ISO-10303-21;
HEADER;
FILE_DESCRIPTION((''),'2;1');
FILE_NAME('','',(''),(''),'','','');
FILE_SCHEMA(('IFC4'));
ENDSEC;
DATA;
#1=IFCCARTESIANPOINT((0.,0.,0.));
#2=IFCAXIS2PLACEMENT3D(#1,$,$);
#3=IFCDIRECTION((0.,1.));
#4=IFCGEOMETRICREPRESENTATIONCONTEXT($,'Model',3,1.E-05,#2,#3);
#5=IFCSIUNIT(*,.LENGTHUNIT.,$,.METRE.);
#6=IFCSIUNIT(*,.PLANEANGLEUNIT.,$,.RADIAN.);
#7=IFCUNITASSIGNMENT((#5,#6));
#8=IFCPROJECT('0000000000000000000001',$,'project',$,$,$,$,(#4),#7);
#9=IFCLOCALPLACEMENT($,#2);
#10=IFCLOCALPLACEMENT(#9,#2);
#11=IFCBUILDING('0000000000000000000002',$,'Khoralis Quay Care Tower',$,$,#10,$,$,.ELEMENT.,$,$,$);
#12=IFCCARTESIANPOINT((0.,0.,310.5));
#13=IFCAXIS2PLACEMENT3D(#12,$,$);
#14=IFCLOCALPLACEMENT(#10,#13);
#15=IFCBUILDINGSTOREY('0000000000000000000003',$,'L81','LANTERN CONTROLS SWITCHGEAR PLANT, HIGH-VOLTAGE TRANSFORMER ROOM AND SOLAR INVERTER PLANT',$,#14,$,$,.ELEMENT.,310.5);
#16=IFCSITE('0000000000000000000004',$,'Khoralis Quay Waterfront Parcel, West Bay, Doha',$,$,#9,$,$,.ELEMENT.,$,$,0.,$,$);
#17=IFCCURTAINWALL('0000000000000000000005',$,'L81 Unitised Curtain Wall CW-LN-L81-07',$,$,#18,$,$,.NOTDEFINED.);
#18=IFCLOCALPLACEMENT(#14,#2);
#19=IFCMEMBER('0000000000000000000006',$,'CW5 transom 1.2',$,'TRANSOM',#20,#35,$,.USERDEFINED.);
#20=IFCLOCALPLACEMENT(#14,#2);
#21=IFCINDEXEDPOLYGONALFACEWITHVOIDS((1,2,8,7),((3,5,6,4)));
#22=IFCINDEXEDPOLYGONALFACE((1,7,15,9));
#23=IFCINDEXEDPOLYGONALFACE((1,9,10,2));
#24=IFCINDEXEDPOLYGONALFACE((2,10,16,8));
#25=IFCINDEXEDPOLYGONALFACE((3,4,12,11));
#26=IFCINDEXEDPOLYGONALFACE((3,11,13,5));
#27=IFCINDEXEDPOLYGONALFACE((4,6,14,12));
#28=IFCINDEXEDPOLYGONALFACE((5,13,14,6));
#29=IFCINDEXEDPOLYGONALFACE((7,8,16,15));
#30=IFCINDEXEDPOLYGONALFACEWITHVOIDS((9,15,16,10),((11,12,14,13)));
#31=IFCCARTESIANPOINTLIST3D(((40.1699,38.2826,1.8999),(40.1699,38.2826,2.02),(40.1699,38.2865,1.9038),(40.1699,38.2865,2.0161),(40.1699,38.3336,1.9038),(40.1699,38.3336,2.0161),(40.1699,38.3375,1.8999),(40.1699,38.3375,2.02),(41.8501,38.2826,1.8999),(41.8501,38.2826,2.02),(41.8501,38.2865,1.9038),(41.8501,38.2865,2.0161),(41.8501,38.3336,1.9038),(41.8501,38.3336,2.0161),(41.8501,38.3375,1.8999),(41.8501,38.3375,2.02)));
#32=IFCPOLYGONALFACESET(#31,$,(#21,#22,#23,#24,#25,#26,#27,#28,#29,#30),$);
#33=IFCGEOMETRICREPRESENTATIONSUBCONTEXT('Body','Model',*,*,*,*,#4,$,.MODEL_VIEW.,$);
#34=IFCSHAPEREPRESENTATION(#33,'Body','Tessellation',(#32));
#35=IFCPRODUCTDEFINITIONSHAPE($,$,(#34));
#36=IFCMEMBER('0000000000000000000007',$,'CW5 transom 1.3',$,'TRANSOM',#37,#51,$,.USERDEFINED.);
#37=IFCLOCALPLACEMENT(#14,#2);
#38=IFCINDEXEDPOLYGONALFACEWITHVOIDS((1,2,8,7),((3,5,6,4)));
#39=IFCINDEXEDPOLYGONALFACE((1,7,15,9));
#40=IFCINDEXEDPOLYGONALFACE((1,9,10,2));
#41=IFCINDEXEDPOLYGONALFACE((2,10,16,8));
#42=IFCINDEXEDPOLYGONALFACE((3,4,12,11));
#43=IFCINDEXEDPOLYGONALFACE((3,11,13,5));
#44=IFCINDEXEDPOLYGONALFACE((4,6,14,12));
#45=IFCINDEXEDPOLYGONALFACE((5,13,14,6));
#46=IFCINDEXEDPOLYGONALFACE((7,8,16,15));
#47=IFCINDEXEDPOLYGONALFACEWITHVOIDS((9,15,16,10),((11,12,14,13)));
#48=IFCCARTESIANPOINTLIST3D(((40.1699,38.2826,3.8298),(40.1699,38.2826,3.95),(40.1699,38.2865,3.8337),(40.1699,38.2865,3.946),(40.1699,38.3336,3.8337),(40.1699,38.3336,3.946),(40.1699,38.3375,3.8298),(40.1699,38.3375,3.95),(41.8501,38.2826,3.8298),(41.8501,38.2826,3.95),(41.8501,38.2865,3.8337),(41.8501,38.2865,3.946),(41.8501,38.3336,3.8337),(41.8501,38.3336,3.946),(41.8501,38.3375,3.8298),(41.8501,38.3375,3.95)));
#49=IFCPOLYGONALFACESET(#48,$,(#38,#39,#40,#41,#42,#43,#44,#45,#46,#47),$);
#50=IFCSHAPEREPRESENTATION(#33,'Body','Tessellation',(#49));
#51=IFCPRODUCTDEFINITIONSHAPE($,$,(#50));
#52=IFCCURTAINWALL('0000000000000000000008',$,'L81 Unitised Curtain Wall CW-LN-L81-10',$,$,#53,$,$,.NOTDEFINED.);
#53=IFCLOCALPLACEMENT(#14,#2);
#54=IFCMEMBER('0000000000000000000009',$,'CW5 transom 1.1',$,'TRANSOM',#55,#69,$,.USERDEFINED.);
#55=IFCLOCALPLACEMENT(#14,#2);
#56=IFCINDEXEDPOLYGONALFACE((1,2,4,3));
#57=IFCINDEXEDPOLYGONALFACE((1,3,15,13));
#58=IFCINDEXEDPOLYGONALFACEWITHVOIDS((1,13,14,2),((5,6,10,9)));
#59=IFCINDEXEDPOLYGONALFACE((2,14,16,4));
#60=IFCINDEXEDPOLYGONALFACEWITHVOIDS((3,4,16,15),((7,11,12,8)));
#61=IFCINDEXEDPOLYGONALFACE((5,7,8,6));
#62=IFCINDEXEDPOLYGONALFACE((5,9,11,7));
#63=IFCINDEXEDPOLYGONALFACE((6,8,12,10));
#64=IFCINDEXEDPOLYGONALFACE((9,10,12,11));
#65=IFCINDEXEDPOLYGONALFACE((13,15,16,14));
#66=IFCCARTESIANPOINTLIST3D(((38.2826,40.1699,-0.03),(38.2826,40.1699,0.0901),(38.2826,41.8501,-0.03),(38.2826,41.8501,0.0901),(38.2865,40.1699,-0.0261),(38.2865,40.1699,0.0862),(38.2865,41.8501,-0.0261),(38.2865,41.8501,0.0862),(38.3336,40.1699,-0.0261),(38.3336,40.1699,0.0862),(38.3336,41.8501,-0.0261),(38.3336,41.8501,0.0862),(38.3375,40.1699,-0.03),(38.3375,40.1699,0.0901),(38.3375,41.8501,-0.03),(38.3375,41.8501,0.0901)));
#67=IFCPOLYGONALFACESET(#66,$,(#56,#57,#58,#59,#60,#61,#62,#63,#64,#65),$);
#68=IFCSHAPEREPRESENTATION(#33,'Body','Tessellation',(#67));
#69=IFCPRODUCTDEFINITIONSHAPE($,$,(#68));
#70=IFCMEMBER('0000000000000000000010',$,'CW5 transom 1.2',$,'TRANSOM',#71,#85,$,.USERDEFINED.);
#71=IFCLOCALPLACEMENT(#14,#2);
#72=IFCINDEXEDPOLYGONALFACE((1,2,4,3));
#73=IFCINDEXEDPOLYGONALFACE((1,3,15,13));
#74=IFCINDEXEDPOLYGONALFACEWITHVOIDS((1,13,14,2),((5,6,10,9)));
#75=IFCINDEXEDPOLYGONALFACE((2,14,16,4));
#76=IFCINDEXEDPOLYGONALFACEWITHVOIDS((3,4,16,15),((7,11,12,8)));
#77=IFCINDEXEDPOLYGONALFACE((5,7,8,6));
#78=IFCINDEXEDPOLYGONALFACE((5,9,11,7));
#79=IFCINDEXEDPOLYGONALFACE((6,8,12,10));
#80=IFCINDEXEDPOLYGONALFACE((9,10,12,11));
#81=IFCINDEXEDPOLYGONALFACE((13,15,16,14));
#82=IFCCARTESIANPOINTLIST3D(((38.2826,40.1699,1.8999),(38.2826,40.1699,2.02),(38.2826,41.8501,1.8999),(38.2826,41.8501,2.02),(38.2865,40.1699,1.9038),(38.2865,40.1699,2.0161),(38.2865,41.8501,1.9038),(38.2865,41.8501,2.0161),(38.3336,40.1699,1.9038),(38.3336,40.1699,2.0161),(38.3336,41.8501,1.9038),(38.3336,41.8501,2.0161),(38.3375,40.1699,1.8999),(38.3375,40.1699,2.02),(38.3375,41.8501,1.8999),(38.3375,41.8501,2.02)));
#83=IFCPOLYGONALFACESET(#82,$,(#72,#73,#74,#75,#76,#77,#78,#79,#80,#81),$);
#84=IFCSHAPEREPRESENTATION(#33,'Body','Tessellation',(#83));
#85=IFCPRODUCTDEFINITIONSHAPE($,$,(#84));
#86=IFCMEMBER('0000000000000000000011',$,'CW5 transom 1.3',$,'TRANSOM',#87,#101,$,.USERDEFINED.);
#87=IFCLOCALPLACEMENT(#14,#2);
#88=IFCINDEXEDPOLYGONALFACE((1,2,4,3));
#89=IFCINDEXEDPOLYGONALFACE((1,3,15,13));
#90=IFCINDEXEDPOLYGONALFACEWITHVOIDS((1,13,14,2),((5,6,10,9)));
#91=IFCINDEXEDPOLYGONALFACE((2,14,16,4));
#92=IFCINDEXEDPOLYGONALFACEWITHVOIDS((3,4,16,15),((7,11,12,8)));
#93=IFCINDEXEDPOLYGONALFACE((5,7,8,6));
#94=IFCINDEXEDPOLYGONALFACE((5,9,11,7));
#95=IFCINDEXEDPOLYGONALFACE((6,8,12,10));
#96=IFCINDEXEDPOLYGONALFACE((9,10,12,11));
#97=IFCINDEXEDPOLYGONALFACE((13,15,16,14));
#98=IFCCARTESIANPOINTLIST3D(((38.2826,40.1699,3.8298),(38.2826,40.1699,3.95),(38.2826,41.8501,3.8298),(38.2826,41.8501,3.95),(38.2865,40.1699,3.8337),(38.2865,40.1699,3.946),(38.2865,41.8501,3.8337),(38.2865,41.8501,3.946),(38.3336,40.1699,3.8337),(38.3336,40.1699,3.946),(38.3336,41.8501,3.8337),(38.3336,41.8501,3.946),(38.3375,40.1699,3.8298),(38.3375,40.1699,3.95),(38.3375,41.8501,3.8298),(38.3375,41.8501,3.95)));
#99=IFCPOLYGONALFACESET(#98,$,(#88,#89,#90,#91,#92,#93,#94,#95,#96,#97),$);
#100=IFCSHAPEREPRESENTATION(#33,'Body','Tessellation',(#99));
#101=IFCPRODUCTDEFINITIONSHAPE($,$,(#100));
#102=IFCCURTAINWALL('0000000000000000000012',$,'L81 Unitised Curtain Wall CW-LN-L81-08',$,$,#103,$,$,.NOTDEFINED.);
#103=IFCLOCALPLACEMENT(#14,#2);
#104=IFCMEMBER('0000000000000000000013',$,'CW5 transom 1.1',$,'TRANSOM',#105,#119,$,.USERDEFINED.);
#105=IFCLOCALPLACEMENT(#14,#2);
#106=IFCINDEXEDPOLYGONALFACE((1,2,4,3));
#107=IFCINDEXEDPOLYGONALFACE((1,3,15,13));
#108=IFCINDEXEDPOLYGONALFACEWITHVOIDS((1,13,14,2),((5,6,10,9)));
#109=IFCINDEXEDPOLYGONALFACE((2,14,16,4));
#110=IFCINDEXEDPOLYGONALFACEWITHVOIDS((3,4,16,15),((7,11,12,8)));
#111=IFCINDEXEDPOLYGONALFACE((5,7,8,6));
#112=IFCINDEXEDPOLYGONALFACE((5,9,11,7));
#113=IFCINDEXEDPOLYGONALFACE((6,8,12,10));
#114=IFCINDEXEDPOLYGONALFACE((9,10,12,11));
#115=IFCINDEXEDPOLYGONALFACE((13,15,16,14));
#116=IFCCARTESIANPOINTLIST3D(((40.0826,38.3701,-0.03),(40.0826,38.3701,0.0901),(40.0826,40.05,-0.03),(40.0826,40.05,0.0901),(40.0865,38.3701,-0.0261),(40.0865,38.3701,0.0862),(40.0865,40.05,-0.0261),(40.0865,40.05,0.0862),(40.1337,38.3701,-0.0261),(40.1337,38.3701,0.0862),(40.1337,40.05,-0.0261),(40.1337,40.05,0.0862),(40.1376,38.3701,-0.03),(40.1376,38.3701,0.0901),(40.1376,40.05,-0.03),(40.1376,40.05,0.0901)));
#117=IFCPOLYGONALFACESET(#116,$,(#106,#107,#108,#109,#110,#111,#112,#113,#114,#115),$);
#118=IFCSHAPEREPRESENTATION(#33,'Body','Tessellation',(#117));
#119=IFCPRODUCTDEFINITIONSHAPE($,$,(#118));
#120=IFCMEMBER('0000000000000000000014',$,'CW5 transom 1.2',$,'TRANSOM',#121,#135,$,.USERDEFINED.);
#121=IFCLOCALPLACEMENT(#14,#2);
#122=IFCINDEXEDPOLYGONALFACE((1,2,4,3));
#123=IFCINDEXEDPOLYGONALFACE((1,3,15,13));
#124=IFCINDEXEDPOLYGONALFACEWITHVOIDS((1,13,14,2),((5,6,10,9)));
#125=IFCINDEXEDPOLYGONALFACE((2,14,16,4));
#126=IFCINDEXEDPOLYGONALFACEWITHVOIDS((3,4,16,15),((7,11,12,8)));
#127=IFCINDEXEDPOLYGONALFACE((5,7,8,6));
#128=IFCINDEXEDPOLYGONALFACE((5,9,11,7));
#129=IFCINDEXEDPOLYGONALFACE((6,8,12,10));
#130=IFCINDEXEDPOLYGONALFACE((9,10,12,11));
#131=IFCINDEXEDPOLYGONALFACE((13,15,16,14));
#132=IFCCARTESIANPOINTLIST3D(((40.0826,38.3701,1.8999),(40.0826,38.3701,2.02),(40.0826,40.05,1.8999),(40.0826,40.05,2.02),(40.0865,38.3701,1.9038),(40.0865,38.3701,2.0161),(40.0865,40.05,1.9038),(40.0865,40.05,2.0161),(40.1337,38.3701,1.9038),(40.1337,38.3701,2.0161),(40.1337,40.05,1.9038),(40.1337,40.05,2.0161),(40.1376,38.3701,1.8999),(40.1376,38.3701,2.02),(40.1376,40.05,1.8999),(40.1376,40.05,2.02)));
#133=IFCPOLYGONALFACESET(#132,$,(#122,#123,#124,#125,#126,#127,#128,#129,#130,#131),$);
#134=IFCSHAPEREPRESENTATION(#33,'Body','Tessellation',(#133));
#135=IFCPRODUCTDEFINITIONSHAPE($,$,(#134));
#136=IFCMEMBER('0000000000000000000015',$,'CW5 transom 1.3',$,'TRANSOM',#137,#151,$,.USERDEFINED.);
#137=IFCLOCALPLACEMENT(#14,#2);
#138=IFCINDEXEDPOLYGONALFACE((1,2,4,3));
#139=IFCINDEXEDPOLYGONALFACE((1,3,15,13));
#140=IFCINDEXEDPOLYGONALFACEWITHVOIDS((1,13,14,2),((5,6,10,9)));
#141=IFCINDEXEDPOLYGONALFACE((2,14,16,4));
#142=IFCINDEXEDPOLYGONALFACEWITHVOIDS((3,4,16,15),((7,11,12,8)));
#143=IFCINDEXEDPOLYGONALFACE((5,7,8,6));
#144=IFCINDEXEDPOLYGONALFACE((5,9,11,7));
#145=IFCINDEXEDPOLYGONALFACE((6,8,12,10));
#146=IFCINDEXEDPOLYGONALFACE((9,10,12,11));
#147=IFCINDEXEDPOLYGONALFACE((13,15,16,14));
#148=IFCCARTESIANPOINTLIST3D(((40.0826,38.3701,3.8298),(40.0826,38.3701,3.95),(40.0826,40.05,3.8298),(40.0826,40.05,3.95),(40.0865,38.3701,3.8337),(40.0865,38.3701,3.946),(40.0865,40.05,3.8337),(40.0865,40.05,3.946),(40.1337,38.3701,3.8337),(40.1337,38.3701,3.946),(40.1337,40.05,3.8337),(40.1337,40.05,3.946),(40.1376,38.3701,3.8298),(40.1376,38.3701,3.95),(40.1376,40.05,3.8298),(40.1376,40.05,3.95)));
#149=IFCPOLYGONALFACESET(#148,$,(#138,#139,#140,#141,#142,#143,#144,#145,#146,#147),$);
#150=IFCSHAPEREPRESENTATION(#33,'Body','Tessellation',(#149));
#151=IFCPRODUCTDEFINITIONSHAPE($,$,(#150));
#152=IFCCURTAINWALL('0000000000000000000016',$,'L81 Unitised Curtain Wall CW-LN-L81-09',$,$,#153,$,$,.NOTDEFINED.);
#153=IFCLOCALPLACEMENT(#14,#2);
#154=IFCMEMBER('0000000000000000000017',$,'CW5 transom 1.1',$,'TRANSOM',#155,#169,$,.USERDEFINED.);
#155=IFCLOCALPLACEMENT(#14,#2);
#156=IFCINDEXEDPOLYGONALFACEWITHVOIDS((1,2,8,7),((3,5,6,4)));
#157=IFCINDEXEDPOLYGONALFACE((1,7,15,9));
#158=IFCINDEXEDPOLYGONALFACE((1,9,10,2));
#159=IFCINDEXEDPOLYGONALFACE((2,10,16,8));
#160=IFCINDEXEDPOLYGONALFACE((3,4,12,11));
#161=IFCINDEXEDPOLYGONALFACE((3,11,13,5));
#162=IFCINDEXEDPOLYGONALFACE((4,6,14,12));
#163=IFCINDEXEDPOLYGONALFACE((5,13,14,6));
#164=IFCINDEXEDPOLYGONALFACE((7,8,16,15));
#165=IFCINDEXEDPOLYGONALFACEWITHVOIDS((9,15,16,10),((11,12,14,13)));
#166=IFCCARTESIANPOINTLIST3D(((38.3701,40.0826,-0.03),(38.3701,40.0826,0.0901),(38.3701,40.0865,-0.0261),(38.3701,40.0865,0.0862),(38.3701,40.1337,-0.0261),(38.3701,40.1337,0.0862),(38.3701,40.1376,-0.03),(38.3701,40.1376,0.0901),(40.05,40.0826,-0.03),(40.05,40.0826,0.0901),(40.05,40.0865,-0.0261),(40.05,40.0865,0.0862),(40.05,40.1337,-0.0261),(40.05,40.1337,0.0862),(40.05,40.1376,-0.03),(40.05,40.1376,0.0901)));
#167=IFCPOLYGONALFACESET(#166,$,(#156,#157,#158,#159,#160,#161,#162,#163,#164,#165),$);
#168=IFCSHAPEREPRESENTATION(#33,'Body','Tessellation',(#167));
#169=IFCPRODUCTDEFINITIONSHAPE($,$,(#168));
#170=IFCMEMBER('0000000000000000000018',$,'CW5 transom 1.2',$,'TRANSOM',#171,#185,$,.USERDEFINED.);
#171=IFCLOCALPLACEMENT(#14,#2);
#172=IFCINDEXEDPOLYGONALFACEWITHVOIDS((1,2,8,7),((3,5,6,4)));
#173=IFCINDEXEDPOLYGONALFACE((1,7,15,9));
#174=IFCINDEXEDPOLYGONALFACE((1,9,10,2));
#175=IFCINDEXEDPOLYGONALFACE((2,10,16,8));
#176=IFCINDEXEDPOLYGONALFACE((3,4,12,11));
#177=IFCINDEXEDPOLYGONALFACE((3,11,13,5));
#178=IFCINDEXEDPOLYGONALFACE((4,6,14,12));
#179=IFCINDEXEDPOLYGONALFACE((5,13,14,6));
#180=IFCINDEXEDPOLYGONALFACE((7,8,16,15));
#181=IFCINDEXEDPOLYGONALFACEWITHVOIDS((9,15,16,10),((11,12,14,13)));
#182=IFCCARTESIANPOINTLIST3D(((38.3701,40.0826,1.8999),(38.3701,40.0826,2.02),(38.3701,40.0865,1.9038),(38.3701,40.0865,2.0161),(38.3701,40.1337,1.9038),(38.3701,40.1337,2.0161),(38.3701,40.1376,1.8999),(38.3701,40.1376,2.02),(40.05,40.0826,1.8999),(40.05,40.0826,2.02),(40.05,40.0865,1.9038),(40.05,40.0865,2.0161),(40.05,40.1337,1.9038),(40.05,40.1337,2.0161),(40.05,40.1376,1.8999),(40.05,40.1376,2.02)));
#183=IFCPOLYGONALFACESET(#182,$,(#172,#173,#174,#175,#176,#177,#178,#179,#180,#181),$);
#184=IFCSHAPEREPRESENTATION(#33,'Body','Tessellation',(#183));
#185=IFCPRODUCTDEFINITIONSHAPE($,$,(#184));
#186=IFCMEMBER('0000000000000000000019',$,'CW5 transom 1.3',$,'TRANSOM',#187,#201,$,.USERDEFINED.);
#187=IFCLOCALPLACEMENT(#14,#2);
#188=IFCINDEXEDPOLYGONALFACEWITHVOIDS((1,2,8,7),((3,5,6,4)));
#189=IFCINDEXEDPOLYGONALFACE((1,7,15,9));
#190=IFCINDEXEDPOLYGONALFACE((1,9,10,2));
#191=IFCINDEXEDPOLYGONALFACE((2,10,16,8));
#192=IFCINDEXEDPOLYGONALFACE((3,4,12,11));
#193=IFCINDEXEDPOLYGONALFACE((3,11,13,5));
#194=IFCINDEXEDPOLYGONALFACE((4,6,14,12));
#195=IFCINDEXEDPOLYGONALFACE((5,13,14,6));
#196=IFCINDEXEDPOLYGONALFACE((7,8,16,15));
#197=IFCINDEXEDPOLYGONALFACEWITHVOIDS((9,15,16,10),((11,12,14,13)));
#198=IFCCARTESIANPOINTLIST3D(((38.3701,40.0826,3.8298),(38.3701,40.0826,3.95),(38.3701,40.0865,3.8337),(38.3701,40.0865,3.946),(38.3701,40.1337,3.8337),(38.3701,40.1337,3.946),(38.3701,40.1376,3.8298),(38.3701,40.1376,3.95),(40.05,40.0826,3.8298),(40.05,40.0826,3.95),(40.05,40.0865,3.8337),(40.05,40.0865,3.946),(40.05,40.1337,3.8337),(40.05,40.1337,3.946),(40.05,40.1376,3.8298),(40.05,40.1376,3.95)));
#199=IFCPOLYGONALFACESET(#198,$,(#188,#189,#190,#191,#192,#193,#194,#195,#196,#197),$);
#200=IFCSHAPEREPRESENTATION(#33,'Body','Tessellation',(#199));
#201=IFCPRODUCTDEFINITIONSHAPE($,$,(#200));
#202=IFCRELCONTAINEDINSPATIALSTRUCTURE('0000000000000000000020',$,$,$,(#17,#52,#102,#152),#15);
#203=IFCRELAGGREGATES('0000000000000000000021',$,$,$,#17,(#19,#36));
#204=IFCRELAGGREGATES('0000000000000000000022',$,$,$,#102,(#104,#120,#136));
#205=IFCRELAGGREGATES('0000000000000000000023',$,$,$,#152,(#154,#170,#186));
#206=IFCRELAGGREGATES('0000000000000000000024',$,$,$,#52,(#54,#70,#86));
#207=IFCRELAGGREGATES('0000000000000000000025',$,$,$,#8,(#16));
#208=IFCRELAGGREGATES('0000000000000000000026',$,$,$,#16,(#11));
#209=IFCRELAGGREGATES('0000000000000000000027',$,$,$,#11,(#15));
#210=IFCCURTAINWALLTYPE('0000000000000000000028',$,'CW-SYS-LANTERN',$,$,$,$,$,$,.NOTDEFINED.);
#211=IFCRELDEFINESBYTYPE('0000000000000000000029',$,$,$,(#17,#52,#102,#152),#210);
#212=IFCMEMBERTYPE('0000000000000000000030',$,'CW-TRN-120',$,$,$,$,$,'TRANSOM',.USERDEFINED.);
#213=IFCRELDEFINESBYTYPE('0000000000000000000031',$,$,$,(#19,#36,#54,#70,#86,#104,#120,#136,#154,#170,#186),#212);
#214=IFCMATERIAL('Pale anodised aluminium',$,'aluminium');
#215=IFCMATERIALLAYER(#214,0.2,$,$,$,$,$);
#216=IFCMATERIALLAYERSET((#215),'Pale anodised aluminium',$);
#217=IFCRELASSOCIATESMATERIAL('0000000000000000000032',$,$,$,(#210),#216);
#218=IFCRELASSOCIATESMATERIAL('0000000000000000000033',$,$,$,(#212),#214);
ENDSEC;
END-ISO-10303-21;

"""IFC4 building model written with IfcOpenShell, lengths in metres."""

from ifc_helpers import new_model, si_unit, direction, frame, origin, origin_2d, place, context, subcontext, project, spatial, hollow_rectangle, extrude, source, transform, mapped, material, layer, layer_set, material_profile, profile_set, type_object, element, aggregate, save


model = new_model("IFC4")

# Units and contexts
model_context = context("Model", 3, precision=1e-05, world=origin(), true_north=direction((0.0, 1.0)))
body_context = subcontext(model_context, "Body", "Model", "MODEL_VIEW")
ifc_project = project(units=[si_unit("LENGTHUNIT", "METRE"), si_unit("PLANEANGLEUNIT", "RADIAN")], contexts=[model_context])

# Site, building, storey
site_placement = place(None, origin())
site = spatial("IfcSite", under=ifc_project, at=site_placement, Name="Khoralis Quay Waterfront Parcel, West Bay, Doha", CompositionType="ELEMENT", RefElevation=0.0)
building_placement = place(site_placement, origin())
building = spatial("IfcBuilding", under=site, at=building_placement, Name="Khoralis Quay Care Tower", CompositionType="ELEMENT")
storey_placement = place(building_placement, frame((0.0, 0.0, 310.5)))
storey = spatial("IfcBuildingStorey", under=building, at=storey_placement, Name="L81", Description="LANTERN CONTROLS SWITCHGEAR PLANT, HIGH-VOLTAGE TRANSFORMER ROOM AND SOLAR INVERTER PLANT", CompositionType="ELEMENT", Elevation=310.5)

# Curtain walls, members
ifc_material_1 = material(Name="Pale anodised aluminium", Category="aluminium")
ifc_layer_1 = layer(ifc_material_1, 0.2)
ifc_layer_set_1 = layer_set([ifc_layer_1], Name="Pale anodised aluminium")
curtain_wall_type = type_object("IfcCurtainWallType", Name="CW-SYS-LANTERN", PredefinedType="NOTDEFINED", material=ifc_layer_set_1)
curtain_wall_1_placement = place(storey_placement, origin())
curtain_wall_1 = element("IfcCurtainWall", 1, at=curtain_wall_1_placement, inside=storey, type_object=curtain_wall_type, Name="L81 Unitised Curtain Wall CW-LN-L81-07", PredefinedType="NOTDEFINED")
ifc_material_profile_1 = material_profile(ifc_material_1, hollow_rectangle(XDim=0.0549, YDim=0.1201, WallThickness=0.0039, at=origin_2d()), Name="Pale anodised aluminium")
ifc_profile_set_1 = profile_set([ifc_material_profile_1], Name="Pale anodised aluminium")
member_type_1 = type_object("IfcMemberType", Name="CW-TRN-120", ElementType="TRANSOM", PredefinedType="USERDEFINED", material=ifc_profile_set_1)
shared_shape_1 = source(origin(), body_context, "Body", "SweptSolid", [
    extrude(hollow_rectangle(XDim=0.0549, YDim=0.1201, WallThickness=0.0039, at=origin_2d()), origin(), (0.0, 0.0, 1.0), 1.6802),
])
member_1_placement = place(storey_placement, frame((41.8501, 38.3101, 1.96), z_axis=(-1.0, 0.0, 0.0), x_axis=(0.0, -1.0, 0.0)))
member_1 = element("IfcMember", 2, at=member_1_placement, type_object=member_type_1, Name="CW5 transom 1.2", ObjectType="TRANSOM", PredefinedType="USERDEFINED", context=body_context, shape_type="MappedRepresentation", body=[
    mapped(shared_shape_1, transform((0.0, 0.0, 0.0), scale=1.0)),
])
member_2_placement = place(storey_placement, frame((41.8501, 38.3101, 3.8899), z_axis=(-1.0, 0.0, 0.0), x_axis=(0.0, -1.0, 0.0)))
member_2 = element("IfcMember", 3, at=member_2_placement, type_object=member_type_1, Name="CW5 transom 1.3", ObjectType="TRANSOM", PredefinedType="USERDEFINED", context=body_context, shape_type="MappedRepresentation", body=[
    mapped(shared_shape_1, transform((0.0, 0.0, 0.0), scale=1.0)),
])
curtain_wall_2_placement = place(storey_placement, origin())
curtain_wall_2 = element("IfcCurtainWall", 4, at=curtain_wall_2_placement, inside=storey, type_object=curtain_wall_type, Name="L81 Unitised Curtain Wall CW-LN-L81-10", PredefinedType="NOTDEFINED")
member_3_placement = place(storey_placement, frame((38.3101, 40.1699, 0.03), z_axis=(0.0, 1.0, 0.0), x_axis=(-1.0, 0.0, 0.0)))
member_3 = element("IfcMember", 5, at=member_3_placement, type_object=member_type_1, Name="CW5 transom 1.1", ObjectType="TRANSOM", PredefinedType="USERDEFINED", context=body_context, shape_type="MappedRepresentation", body=[
    mapped(shared_shape_1, transform((0.0, 0.0, 0.0), scale=1.0)),
])
member_4_placement = place(storey_placement, frame((38.3101, 40.1699, 1.96), z_axis=(0.0, 1.0, 0.0), x_axis=(-1.0, 0.0, 0.0)))
member_4 = element("IfcMember", 6, at=member_4_placement, type_object=member_type_1, Name="CW5 transom 1.2", ObjectType="TRANSOM", PredefinedType="USERDEFINED", context=body_context, shape_type="MappedRepresentation", body=[
    mapped(shared_shape_1, transform((0.0, 0.0, 0.0), scale=1.0)),
])
member_5_placement = place(storey_placement, frame((38.3101, 40.1699, 3.8899), z_axis=(0.0, 1.0, 0.0), x_axis=(-1.0, 0.0, 0.0)))
member_5 = element("IfcMember", 7, at=member_5_placement, type_object=member_type_1, Name="CW5 transom 1.3", ObjectType="TRANSOM", PredefinedType="USERDEFINED", context=body_context, shape_type="MappedRepresentation", body=[
    mapped(shared_shape_1, transform((0.0, 0.0, 0.0), scale=1.0)),
])
curtain_wall_3_placement = place(storey_placement, origin())
curtain_wall_3 = element("IfcCurtainWall", 8, at=curtain_wall_3_placement, inside=storey, type_object=curtain_wall_type, Name="L81 Unitised Curtain Wall CW-LN-L81-08", PredefinedType="NOTDEFINED")
shared_shape_2 = source(origin(), body_context, "Body", "SweptSolid", [
    extrude(hollow_rectangle(XDim=0.0549, YDim=0.1201, WallThickness=0.0039, at=origin_2d()), origin(), (0.0, 0.0, 1.0), 1.6799),
])
member_6_placement = place(storey_placement, frame((40.1101, 38.3701, 0.03), z_axis=(0.0, 1.0, 0.0), x_axis=(-1.0, 0.0, 0.0)))
member_6 = element("IfcMember", 9, at=member_6_placement, type_object=member_type_1, Name="CW5 transom 1.1", ObjectType="TRANSOM", PredefinedType="USERDEFINED", context=body_context, shape_type="MappedRepresentation", body=[
    mapped(shared_shape_2, transform((0.0, 0.0, 0.0), scale=1.0)),
])
member_7_placement = place(storey_placement, frame((40.1101, 38.3701, 1.96), z_axis=(0.0, 1.0, 0.0), x_axis=(-1.0, 0.0, 0.0)))
member_7 = element("IfcMember", 10, at=member_7_placement, type_object=member_type_1, Name="CW5 transom 1.2", ObjectType="TRANSOM", PredefinedType="USERDEFINED", context=body_context, shape_type="MappedRepresentation", body=[
    mapped(shared_shape_2, transform((0.0, 0.0, 0.0), scale=1.0)),
])
member_8_placement = place(storey_placement, frame((40.1101, 38.3701, 3.8899), z_axis=(0.0, 1.0, 0.0), x_axis=(-1.0, 0.0, 0.0)))
member_8 = element("IfcMember", 11, at=member_8_placement, type_object=member_type_1, Name="CW5 transom 1.3", ObjectType="TRANSOM", PredefinedType="USERDEFINED", context=body_context, shape_type="MappedRepresentation", body=[
    mapped(shared_shape_2, transform((0.0, 0.0, 0.0), scale=1.0)),
])
curtain_wall_4_placement = place(storey_placement, origin())
curtain_wall_4 = element("IfcCurtainWall", 12, at=curtain_wall_4_placement, inside=storey, type_object=curtain_wall_type, Name="L81 Unitised Curtain Wall CW-LN-L81-09", PredefinedType="NOTDEFINED")
member_9_placement = place(storey_placement, frame((40.05, 40.1101, 0.03), z_axis=(-1.0, 0.0, 0.0), x_axis=(0.0, -1.0, 0.0)))
member_9 = element("IfcMember", 13, at=member_9_placement, type_object=member_type_1, Name="CW5 transom 1.1", ObjectType="TRANSOM", PredefinedType="USERDEFINED", context=body_context, shape_type="MappedRepresentation", body=[
    mapped(shared_shape_2, transform((0.0, 0.0, 0.0), scale=1.0)),
])
member_10_placement = place(storey_placement, frame((40.05, 40.1101, 1.96), z_axis=(-1.0, 0.0, 0.0), x_axis=(0.0, -1.0, 0.0)))
member_10 = element("IfcMember", 14, at=member_10_placement, type_object=member_type_1, Name="CW5 transom 1.2", ObjectType="TRANSOM", PredefinedType="USERDEFINED", context=body_context, shape_type="MappedRepresentation", body=[
    mapped(shared_shape_2, transform((0.0, 0.0, 0.0), scale=1.0)),
])
member_11_placement = place(storey_placement, frame((40.05, 40.1101, 3.8899), z_axis=(-1.0, 0.0, 0.0), x_axis=(0.0, -1.0, 0.0)))
member_11 = element("IfcMember", 15, at=member_11_placement, type_object=member_type_1, Name="CW5 transom 1.3", ObjectType="TRANSOM", PredefinedType="USERDEFINED", context=body_context, shape_type="MappedRepresentation", body=[
    mapped(shared_shape_2, transform((0.0, 0.0, 0.0), scale=1.0)),
])

aggregate(curtain_wall_1, [member_1, member_2])

aggregate(curtain_wall_3, [member_6, member_7, member_8])
aggregate(curtain_wall_4, [member_9, member_10, member_11])
aggregate(curtain_wall_2, [member_3, member_4, member_5])

save(model, "model.ifc")
